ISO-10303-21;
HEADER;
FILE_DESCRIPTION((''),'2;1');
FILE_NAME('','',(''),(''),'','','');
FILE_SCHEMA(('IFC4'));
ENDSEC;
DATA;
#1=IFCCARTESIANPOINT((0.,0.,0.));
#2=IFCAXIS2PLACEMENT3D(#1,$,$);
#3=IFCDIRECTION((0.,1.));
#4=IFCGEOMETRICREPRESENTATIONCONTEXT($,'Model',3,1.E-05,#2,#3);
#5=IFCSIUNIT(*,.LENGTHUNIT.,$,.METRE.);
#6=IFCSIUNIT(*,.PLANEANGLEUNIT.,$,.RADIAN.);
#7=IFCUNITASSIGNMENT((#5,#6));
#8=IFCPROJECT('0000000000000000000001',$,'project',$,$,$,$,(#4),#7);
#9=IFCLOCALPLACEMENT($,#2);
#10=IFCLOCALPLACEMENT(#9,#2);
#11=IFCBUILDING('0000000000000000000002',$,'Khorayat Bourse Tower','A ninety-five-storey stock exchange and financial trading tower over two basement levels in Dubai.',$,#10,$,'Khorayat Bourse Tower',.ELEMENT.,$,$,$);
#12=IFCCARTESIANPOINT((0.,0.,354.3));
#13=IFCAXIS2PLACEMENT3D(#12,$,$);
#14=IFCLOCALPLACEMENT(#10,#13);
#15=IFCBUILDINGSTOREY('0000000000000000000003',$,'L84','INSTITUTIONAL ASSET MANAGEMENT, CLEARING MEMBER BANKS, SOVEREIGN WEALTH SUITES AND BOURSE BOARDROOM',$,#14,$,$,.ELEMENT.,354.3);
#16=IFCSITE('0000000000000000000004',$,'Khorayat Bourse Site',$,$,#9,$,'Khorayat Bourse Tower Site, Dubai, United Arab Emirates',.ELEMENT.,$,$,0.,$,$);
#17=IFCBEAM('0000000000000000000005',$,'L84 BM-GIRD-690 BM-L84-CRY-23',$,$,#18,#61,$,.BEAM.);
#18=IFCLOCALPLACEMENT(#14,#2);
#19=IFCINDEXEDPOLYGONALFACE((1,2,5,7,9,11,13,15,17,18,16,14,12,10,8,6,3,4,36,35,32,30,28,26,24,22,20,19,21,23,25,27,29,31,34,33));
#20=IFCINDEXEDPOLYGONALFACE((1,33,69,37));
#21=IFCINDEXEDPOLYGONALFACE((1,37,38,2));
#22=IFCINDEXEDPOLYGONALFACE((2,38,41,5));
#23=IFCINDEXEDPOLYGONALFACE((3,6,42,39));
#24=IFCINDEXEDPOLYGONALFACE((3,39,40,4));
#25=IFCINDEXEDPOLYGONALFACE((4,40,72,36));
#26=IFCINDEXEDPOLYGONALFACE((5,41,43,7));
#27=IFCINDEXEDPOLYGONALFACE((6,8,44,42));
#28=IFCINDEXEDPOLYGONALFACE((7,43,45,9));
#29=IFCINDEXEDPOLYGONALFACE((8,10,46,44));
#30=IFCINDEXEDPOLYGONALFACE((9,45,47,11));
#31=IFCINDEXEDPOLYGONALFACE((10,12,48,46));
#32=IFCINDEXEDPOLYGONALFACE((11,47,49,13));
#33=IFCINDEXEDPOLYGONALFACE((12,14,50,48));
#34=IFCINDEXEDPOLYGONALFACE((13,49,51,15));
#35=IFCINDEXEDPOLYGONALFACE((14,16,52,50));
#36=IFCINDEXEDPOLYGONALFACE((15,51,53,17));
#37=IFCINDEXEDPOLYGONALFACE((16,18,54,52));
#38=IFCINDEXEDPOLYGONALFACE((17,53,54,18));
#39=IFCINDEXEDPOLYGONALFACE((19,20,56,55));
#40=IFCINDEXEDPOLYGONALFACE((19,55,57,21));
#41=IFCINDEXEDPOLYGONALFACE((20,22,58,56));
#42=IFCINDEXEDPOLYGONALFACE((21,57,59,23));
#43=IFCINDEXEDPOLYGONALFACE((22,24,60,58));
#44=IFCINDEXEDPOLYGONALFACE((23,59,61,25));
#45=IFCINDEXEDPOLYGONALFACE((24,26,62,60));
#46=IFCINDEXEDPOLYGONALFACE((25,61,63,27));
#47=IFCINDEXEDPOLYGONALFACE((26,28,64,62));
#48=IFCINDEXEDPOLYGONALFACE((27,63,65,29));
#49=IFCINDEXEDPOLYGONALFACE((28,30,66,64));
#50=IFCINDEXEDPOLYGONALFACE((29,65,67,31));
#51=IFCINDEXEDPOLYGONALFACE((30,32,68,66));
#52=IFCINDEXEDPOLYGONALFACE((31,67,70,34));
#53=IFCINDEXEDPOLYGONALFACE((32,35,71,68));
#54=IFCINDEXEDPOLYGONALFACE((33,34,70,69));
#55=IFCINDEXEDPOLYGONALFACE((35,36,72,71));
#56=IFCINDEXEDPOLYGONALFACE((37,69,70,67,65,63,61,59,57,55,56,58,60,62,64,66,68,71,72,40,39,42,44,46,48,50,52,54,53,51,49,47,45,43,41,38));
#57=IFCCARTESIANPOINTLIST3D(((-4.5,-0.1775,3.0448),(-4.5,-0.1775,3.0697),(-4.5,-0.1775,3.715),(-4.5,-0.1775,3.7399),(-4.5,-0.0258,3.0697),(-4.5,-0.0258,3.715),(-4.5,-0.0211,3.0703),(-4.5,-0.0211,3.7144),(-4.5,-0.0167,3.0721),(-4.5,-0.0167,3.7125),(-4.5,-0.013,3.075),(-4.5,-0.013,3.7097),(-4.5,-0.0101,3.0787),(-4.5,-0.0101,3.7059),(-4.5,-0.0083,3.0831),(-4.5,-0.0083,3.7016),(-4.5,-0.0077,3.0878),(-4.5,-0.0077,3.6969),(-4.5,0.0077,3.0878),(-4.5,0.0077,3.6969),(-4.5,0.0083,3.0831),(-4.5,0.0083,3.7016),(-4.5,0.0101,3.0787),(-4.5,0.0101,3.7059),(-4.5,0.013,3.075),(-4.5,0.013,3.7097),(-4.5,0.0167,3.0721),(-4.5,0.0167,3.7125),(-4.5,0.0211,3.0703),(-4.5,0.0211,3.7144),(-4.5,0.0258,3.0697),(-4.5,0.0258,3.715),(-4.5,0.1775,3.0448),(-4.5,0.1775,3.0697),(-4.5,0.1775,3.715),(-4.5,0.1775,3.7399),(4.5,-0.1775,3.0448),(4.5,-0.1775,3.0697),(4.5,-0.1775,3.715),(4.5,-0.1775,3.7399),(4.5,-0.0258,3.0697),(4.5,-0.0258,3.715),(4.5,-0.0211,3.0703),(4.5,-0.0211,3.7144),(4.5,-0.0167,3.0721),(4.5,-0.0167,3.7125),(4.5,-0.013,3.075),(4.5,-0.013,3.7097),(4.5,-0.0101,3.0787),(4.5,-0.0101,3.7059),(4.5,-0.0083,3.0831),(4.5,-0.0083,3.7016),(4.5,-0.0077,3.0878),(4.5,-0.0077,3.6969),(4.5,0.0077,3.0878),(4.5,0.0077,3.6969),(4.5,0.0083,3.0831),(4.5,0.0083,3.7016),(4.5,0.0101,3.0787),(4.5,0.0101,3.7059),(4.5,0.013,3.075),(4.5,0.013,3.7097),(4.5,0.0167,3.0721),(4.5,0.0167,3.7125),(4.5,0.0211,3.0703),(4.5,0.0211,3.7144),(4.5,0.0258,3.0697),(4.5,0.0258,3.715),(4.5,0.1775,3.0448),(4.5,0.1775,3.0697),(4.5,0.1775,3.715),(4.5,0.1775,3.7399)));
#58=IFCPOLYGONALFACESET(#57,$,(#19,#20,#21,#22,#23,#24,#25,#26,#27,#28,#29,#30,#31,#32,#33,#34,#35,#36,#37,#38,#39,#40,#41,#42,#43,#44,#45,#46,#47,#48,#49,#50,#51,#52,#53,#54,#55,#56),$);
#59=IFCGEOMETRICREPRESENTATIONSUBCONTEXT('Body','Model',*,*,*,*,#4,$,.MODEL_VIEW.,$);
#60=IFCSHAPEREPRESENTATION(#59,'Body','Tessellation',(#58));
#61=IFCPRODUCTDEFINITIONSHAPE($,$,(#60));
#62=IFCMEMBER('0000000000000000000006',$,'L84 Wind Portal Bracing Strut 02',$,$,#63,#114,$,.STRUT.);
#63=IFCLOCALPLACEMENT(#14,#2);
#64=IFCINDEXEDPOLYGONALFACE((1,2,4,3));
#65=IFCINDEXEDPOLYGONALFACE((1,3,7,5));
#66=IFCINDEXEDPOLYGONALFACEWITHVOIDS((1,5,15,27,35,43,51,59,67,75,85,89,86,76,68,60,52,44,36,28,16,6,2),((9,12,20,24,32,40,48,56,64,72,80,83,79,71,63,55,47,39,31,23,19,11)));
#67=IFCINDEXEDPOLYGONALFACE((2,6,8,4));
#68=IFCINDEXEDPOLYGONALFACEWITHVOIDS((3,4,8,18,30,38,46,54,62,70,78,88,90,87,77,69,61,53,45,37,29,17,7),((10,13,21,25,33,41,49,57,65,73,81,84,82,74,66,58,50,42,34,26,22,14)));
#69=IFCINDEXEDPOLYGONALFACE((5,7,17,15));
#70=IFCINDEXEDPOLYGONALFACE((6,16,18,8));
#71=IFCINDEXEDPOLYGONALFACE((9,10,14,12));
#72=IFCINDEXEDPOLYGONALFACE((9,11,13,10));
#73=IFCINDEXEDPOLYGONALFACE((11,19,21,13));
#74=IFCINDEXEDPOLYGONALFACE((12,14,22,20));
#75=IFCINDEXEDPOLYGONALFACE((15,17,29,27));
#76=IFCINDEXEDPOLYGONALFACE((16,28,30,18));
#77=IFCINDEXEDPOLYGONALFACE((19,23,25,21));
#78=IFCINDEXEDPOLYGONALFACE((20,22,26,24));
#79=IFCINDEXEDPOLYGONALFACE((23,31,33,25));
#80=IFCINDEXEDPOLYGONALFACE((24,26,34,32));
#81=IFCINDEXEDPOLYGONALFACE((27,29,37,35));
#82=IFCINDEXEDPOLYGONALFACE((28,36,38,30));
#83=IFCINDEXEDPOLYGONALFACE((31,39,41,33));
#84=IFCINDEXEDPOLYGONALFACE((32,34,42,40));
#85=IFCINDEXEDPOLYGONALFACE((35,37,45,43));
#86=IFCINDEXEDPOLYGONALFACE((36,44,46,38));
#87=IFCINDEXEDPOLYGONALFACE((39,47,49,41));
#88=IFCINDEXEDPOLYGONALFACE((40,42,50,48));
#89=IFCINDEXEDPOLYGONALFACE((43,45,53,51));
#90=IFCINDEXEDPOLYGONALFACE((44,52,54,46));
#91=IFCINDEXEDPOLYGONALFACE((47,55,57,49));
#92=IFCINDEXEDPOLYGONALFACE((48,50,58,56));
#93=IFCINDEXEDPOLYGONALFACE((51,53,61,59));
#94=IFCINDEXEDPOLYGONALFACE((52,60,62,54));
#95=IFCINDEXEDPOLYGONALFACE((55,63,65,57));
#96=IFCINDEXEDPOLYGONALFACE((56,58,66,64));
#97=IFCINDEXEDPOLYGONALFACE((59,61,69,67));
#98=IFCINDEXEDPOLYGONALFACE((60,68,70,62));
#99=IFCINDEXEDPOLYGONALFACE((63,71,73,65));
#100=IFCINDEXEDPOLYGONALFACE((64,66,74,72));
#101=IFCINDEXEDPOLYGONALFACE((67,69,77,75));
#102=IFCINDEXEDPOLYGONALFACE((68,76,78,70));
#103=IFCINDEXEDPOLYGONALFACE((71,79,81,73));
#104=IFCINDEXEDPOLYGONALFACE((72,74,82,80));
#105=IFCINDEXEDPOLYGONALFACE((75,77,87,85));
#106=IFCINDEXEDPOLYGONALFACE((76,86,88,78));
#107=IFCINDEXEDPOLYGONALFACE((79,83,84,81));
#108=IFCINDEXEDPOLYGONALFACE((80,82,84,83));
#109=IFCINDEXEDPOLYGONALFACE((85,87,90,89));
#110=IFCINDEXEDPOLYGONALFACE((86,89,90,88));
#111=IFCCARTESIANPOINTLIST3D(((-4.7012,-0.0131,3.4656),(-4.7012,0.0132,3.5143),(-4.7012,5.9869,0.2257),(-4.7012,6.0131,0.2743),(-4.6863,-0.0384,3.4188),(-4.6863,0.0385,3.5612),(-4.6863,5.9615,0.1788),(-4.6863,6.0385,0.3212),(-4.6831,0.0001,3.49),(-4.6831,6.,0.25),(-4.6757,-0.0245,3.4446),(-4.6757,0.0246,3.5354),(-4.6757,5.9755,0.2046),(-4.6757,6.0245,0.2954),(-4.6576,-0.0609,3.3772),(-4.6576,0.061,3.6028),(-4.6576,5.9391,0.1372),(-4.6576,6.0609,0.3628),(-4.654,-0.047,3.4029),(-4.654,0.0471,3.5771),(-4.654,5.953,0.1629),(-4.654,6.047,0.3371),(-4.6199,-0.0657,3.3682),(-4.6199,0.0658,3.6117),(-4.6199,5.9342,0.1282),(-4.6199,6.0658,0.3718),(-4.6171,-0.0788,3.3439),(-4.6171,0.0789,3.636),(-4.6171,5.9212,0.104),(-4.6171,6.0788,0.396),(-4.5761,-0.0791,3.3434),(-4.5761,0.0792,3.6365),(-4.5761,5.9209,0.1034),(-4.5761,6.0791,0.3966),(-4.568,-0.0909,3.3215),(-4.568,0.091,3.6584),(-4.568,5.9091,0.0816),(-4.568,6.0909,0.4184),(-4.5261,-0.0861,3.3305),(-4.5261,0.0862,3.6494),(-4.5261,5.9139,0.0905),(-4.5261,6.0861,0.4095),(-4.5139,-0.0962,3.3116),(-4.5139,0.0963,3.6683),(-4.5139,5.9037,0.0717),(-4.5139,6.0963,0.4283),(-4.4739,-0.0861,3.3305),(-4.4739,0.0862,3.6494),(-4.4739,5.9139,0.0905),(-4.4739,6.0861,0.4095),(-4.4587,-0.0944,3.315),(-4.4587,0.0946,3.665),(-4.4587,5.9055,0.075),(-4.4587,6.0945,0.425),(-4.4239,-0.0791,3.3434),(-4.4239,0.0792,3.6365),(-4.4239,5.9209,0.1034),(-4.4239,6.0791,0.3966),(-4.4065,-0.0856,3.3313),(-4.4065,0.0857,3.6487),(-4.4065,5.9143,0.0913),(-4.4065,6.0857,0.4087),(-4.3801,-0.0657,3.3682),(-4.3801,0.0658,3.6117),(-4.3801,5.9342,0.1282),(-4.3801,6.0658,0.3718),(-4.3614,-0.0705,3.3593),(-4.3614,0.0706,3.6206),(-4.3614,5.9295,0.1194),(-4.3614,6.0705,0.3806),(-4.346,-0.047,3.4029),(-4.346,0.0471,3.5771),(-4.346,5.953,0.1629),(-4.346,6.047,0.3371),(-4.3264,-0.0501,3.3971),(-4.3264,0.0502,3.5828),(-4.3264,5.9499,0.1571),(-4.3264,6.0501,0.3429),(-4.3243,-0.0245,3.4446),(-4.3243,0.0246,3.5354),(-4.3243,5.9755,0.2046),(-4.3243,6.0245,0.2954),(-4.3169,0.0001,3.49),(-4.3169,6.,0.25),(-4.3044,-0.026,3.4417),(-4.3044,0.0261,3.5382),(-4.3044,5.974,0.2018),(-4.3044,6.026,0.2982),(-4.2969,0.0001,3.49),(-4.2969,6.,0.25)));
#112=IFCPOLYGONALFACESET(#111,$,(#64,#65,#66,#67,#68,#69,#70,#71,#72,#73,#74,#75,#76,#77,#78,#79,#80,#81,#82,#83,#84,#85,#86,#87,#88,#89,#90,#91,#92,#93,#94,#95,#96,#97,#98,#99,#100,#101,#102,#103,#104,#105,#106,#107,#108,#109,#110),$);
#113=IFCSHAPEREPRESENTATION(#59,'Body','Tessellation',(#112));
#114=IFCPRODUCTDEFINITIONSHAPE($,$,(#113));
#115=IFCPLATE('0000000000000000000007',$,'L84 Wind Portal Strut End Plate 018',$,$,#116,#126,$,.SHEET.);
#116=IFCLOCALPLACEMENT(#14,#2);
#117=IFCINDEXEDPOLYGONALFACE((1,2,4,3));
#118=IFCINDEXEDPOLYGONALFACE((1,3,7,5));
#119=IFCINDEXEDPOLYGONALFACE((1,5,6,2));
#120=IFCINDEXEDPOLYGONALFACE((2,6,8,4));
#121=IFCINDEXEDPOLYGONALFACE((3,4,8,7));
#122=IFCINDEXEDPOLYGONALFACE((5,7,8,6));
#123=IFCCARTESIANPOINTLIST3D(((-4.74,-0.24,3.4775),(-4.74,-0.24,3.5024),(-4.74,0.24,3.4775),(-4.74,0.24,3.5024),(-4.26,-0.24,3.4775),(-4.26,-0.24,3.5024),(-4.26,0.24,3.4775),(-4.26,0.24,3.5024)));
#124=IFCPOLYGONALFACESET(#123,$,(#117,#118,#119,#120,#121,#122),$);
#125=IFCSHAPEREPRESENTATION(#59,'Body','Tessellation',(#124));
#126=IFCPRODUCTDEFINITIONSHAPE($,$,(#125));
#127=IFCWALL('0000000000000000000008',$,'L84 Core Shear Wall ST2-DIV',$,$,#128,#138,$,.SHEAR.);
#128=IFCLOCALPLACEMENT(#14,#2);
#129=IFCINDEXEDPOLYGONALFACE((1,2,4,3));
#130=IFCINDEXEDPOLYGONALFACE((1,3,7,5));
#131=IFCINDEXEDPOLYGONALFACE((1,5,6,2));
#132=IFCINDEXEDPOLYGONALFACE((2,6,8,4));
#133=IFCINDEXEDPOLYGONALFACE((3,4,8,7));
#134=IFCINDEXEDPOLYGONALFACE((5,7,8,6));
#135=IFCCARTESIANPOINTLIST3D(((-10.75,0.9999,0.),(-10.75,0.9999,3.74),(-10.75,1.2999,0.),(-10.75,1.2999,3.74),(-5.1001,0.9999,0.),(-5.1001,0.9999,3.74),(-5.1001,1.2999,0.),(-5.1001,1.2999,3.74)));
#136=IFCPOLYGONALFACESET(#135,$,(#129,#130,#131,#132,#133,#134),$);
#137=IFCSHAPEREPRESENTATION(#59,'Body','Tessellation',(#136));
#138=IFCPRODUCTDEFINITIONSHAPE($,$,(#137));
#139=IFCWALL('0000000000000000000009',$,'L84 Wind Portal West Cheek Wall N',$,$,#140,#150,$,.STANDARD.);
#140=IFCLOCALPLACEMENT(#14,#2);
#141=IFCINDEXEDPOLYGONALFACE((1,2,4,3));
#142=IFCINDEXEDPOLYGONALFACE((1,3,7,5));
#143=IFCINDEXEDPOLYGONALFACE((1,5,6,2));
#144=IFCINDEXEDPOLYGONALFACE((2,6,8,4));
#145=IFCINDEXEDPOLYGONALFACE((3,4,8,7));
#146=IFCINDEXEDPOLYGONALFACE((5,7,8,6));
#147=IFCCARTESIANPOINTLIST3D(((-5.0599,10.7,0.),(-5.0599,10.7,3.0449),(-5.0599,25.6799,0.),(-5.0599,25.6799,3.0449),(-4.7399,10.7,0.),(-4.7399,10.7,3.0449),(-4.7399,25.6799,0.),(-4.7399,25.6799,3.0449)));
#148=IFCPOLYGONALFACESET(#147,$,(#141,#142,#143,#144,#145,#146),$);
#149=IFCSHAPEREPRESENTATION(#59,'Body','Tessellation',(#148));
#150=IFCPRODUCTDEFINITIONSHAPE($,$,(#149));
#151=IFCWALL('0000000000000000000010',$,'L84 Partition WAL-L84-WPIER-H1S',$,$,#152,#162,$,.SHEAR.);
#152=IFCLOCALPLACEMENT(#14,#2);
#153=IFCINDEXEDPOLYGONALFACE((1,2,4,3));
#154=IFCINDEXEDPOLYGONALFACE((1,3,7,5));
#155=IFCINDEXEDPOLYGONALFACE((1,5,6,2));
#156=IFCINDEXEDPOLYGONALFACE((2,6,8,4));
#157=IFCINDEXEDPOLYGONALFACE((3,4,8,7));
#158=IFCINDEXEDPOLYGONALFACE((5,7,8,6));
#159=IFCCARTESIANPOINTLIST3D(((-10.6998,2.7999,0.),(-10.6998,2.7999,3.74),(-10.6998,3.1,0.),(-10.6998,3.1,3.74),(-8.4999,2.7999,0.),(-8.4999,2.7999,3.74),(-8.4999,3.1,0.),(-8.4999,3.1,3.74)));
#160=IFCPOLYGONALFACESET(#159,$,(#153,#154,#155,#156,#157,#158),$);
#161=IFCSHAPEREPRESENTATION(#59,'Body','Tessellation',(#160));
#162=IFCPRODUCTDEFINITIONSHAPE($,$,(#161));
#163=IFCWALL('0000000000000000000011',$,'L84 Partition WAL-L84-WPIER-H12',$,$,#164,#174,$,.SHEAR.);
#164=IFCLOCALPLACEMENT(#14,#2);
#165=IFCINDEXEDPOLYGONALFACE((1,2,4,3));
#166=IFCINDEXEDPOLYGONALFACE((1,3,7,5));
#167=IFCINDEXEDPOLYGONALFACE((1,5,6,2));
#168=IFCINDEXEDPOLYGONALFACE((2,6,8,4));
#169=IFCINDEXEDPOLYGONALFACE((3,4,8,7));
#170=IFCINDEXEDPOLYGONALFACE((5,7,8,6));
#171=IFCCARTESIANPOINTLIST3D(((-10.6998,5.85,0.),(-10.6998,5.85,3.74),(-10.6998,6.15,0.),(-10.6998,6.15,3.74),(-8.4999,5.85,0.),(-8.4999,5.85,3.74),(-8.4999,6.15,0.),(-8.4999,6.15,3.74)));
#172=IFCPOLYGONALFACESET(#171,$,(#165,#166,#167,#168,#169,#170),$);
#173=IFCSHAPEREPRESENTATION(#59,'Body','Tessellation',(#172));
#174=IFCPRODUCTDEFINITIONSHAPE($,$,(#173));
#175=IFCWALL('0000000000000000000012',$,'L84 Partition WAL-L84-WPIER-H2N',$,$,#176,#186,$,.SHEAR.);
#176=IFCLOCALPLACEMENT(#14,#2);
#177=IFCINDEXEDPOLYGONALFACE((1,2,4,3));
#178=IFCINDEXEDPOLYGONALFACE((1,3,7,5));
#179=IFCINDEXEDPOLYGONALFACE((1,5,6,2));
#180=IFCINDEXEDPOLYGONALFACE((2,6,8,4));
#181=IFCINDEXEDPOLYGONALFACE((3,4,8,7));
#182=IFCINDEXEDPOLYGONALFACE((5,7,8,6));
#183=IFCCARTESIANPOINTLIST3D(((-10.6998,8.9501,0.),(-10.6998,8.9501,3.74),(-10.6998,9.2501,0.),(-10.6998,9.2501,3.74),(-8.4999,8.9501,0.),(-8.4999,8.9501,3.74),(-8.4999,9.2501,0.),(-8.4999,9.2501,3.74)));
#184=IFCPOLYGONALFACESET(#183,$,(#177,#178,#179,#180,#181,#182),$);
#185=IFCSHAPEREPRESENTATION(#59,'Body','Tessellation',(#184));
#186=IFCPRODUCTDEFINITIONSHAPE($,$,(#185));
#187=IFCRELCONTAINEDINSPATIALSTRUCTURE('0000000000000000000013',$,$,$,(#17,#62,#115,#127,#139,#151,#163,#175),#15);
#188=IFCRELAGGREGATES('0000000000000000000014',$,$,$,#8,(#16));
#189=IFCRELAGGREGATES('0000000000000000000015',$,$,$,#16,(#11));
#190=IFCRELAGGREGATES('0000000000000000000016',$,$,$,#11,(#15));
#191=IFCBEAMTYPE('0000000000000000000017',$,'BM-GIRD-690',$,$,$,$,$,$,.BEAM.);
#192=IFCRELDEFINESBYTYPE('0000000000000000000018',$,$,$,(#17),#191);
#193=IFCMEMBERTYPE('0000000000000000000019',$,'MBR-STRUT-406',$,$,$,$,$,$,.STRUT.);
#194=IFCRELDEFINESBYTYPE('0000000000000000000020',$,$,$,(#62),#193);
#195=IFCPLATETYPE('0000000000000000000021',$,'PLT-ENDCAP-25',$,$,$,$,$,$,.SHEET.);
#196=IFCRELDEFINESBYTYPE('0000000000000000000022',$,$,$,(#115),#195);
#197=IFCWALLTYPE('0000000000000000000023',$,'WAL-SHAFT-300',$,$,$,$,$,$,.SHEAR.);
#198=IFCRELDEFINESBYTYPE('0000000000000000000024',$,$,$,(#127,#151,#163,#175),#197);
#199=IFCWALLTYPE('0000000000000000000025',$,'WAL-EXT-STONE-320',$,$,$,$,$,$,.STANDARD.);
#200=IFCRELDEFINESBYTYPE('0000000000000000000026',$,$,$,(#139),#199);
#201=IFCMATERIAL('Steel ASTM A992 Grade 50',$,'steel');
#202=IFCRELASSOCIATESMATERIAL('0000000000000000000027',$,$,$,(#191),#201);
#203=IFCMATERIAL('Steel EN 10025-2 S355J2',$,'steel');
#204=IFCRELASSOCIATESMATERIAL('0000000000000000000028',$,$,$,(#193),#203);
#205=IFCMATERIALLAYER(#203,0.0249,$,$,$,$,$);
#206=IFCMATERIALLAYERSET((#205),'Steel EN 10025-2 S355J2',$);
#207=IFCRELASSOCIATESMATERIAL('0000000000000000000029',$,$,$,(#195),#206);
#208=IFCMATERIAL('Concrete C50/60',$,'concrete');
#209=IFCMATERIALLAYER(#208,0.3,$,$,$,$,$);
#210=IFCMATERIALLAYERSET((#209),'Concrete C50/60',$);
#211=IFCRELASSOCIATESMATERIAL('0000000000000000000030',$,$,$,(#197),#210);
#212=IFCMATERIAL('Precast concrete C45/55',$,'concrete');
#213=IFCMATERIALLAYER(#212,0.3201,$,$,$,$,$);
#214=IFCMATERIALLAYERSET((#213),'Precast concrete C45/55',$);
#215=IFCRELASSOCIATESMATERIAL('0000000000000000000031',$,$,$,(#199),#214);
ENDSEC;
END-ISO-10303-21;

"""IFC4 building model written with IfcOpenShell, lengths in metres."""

from ifc_helpers import new_model, si_unit, direction, frame, frame_2d, origin, origin_2d, place, context, subcontext, project, spatial, rectangle, hollow_circle, i_section, extrude, source, transform, mapped, material, layer, layer_set, material_profile, profile_set, type_object, element, save


model = new_model("IFC4")

# Units and contexts
model_context = context("Model", 3, precision=1e-05, world=origin(), true_north=direction((0.0, 1.0)))
body_context = subcontext(model_context, "Body", "Model", "MODEL_VIEW")
ifc_project = project(units=[si_unit("LENGTHUNIT", "METRE"), si_unit("PLANEANGLEUNIT", "RADIAN")], contexts=[model_context])

# Site, building, storey
site_placement = place(None, origin())
site = spatial("IfcSite", under=ifc_project, at=site_placement, Name="Khorayat Bourse Site", LongName="Khorayat Bourse Tower Site, Dubai, United Arab Emirates", CompositionType="ELEMENT", RefElevation=0.0)
building_placement = place(site_placement, origin())
building = spatial("IfcBuilding", under=site, at=building_placement, Name="Khorayat Bourse Tower", Description="A ninety-five-storey stock exchange and financial trading tower over two basement levels in Dubai.", LongName="Khorayat Bourse Tower", CompositionType="ELEMENT")
storey_placement = place(building_placement, frame((0.0, 0.0, 354.3)))
storey = spatial("IfcBuildingStorey", under=building, at=storey_placement, Name="L84", Description="INSTITUTIONAL ASSET MANAGEMENT, CLEARING MEMBER BANKS, SOVEREIGN WEALTH SUITES AND BOURSE BOARDROOM", CompositionType="ELEMENT", Elevation=354.3)

# Beam
ifc_material_1 = material(Name="Steel ASTM A992 Grade 50", Category="steel")
ifc_material_profile_1 = material_profile(ifc_material_1, i_section(OverallWidth=0.355, OverallDepth=0.6951, WebThickness=0.0154, FlangeThickness=0.0249, FilletRadius=0.0181, at=origin_2d()), Name="W690X217")
ifc_profile_set_1 = profile_set([ifc_material_profile_1], Name="Steel ASTM A992 Grade 50")
beam_type = type_object("IfcBeamType", Name="BM-GIRD-690", PredefinedType="BEAM", material=ifc_profile_set_1)
shared_shape_1 = source(origin(), body_context, "Body", "SweptSolid", [
    extrude(i_section(OverallWidth=0.355, OverallDepth=0.6951, WebThickness=0.0154, FlangeThickness=0.0249, FilletRadius=0.0181, at=origin_2d()), origin(), (0.0, 0.0, 1.0), 9.0),
])
beam_1_placement = place(storey_placement, frame((-4.5, 0.0, 3.3923), z_axis=(1.0, 0.0, 0.0), x_axis=(0.0, 1.0, 0.0)))
element("IfcBeam", 1, at=beam_1_placement, inside=storey, type_object=beam_type, Name="L84 BM-GIRD-690 BM-L84-CRY-23", PredefinedType="BEAM", context=body_context, shape_type="MappedRepresentation", body=[
    mapped(shared_shape_1, transform((0.0, 0.0, 0.0), scale=1.0)),
])

# Member
ifc_material_2 = material(Name="Steel EN 10025-2 S355J2", Category="steel")
ifc_material_profile_2 = material_profile(ifc_material_2, hollow_circle(Radius=0.2031, WallThickness=0.02, at=origin_2d()), Name="CHS 406x20")
ifc_profile_set_2 = profile_set([ifc_material_profile_2], Name="Steel EN 10025-2 S355J2")
member_type = type_object("IfcMemberType", Name="MBR-STRUT-406", PredefinedType="STRUT", material=ifc_profile_set_2)
shared_shape_2 = source(origin(), body_context, "Body", "SweptSolid", [
    extrude(hollow_circle(Radius=0.2031, WallThickness=0.02, at=origin_2d()), origin(), (0.0, 0.0, 1.0), 6.8188),
])
member_placement = place(storey_placement, frame((-4.5, 6.0, 0.25), z_axis=(0.0, -0.879906, 0.475148), x_axis=(1.0, 0.0, 0.0)))
element("IfcMember", 2, at=member_placement, inside=storey, type_object=member_type, Name="L84 Wind Portal Bracing Strut 02", PredefinedType="STRUT", context=body_context, shape_type="MappedRepresentation", body=[
    mapped(shared_shape_2, transform((0.0, 0.0, 0.0), scale=1.0)),
])

# Plate
ifc_layer_1 = layer(ifc_material_2, 0.0249)
ifc_layer_set_1 = layer_set([ifc_layer_1], Name="Steel EN 10025-2 S355J2")
plate_type = type_object("IfcPlateType", Name="PLT-ENDCAP-25", PredefinedType="SHEET", material=ifc_layer_set_1)
shared_shape_3 = source(origin(), body_context, "Body", "SweptSolid", [
    extrude(rectangle(XDim=0.48, YDim=0.48, at=origin_2d()), origin(), (0.0, 0.0, 1.0), 0.0249),
])
plate_placement = place(storey_placement, frame((-4.5, 0.0, 3.4775), z_axis=(0.0, 0.0, 1.0), x_axis=(1.0, 0.0, 0.0)))
element("IfcPlate", 3, at=plate_placement, inside=storey, type_object=plate_type, Name="L84 Wind Portal Strut End Plate 018", PredefinedType="SHEET", context=body_context, shape_type="MappedRepresentation", body=[
    mapped(shared_shape_3, transform((0.0, 0.0, 0.0), scale=1.0)),
])

# Walls
ifc_material_3 = material(Name="Concrete C50/60", Category="concrete")
ifc_layer_2 = layer(ifc_material_3, 0.3)
ifc_layer_set_2 = layer_set([ifc_layer_2], Name="Concrete C50/60")
wall_type_1 = type_object("IfcWallType", Name="WAL-SHAFT-300", PredefinedType="SHEAR", material=ifc_layer_set_2)
shared_shape_4 = source(origin(), body_context, "Body", "SweptSolid", [
    extrude(rectangle(XDim=5.6499, YDim=0.3, at=frame_2d((2.825, 0.0))), origin(), (0.0, 0.0, 1.0), 3.74),
])
wall_1_placement = place(storey_placement, frame((-10.75, 1.1499, 0.0), z_axis=(0.0, 0.0, 1.0), x_axis=(1.0, 0.0, 0.0)))
element("IfcWall", 4, at=wall_1_placement, inside=storey, type_object=wall_type_1, Name="L84 Core Shear Wall ST2-DIV", PredefinedType="SHEAR", context=body_context, shape_type="MappedRepresentation", body=[
    mapped(shared_shape_4, transform((0.0, 0.0, 0.0), scale=1.0)),
])
ifc_material_4 = material(Name="Precast concrete C45/55", Category="concrete")
ifc_layer_3 = layer(ifc_material_4, 0.3201)
ifc_layer_set_3 = layer_set([ifc_layer_3], Name="Precast concrete C45/55")
wall_type_2 = type_object("IfcWallType", Name="WAL-EXT-STONE-320", PredefinedType="STANDARD", material=ifc_layer_set_3)
shared_shape_5 = source(origin(), body_context, "Body", "SweptSolid", [
    extrude(rectangle(XDim=14.98, YDim=0.3201, at=frame_2d((7.49, 0.0))), origin(), (0.0, 0.0, 1.0), 3.0449),
])
wall_2_placement = place(storey_placement, frame((-4.8999, 10.7, 0.0), z_axis=(0.0, 0.0, 1.0), x_axis=(0.0, 1.0, 0.0)))
element("IfcWall", 5, at=wall_2_placement, inside=storey, type_object=wall_type_2, Name="L84 Wind Portal West Cheek Wall N", PredefinedType="STANDARD", context=body_context, shape_type="MappedRepresentation", body=[
    mapped(shared_shape_5, transform((0.0, 0.0, 0.0), scale=1.0)),
])
shared_shape_6 = source(origin(), body_context, "Body", "SweptSolid", [
    extrude(rectangle(XDim=2.2, YDim=0.3, at=frame_2d((1.1001, 0.0))), origin(), (0.0, 0.0, 1.0), 3.74),
])
for number, where, z_axis, x_axis, name in (
    (6, (-10.7, 2.95, 0.0), (0.0, 0.0, 1.0), (1.0, 0.0, 0.0), "L84 Partition WAL-L84-WPIER-H1S"),
    (7, (-10.7, 6.0, 0.0), (0.0, 0.0, 1.0), (1.0, 0.0, 0.0), "L84 Partition WAL-L84-WPIER-H12"),
    (8, (-10.7, 9.1001, 0.0), (0.0, 0.0, 1.0), (1.0, 0.0, 0.0), "L84 Partition WAL-L84-WPIER-H2N"),
):
    element("IfcWall", number, at=place(storey_placement, frame(where, z_axis=z_axis, x_axis=x_axis)), inside=storey, type_object=wall_type_1, Name=name, PredefinedType="SHEAR", context=body_context, shape_type="MappedRepresentation", body=[
        mapped(shared_shape_6, transform((0.0, 0.0, 0.0), scale=1.0)),
    ])

save(model, "model.ifc")
